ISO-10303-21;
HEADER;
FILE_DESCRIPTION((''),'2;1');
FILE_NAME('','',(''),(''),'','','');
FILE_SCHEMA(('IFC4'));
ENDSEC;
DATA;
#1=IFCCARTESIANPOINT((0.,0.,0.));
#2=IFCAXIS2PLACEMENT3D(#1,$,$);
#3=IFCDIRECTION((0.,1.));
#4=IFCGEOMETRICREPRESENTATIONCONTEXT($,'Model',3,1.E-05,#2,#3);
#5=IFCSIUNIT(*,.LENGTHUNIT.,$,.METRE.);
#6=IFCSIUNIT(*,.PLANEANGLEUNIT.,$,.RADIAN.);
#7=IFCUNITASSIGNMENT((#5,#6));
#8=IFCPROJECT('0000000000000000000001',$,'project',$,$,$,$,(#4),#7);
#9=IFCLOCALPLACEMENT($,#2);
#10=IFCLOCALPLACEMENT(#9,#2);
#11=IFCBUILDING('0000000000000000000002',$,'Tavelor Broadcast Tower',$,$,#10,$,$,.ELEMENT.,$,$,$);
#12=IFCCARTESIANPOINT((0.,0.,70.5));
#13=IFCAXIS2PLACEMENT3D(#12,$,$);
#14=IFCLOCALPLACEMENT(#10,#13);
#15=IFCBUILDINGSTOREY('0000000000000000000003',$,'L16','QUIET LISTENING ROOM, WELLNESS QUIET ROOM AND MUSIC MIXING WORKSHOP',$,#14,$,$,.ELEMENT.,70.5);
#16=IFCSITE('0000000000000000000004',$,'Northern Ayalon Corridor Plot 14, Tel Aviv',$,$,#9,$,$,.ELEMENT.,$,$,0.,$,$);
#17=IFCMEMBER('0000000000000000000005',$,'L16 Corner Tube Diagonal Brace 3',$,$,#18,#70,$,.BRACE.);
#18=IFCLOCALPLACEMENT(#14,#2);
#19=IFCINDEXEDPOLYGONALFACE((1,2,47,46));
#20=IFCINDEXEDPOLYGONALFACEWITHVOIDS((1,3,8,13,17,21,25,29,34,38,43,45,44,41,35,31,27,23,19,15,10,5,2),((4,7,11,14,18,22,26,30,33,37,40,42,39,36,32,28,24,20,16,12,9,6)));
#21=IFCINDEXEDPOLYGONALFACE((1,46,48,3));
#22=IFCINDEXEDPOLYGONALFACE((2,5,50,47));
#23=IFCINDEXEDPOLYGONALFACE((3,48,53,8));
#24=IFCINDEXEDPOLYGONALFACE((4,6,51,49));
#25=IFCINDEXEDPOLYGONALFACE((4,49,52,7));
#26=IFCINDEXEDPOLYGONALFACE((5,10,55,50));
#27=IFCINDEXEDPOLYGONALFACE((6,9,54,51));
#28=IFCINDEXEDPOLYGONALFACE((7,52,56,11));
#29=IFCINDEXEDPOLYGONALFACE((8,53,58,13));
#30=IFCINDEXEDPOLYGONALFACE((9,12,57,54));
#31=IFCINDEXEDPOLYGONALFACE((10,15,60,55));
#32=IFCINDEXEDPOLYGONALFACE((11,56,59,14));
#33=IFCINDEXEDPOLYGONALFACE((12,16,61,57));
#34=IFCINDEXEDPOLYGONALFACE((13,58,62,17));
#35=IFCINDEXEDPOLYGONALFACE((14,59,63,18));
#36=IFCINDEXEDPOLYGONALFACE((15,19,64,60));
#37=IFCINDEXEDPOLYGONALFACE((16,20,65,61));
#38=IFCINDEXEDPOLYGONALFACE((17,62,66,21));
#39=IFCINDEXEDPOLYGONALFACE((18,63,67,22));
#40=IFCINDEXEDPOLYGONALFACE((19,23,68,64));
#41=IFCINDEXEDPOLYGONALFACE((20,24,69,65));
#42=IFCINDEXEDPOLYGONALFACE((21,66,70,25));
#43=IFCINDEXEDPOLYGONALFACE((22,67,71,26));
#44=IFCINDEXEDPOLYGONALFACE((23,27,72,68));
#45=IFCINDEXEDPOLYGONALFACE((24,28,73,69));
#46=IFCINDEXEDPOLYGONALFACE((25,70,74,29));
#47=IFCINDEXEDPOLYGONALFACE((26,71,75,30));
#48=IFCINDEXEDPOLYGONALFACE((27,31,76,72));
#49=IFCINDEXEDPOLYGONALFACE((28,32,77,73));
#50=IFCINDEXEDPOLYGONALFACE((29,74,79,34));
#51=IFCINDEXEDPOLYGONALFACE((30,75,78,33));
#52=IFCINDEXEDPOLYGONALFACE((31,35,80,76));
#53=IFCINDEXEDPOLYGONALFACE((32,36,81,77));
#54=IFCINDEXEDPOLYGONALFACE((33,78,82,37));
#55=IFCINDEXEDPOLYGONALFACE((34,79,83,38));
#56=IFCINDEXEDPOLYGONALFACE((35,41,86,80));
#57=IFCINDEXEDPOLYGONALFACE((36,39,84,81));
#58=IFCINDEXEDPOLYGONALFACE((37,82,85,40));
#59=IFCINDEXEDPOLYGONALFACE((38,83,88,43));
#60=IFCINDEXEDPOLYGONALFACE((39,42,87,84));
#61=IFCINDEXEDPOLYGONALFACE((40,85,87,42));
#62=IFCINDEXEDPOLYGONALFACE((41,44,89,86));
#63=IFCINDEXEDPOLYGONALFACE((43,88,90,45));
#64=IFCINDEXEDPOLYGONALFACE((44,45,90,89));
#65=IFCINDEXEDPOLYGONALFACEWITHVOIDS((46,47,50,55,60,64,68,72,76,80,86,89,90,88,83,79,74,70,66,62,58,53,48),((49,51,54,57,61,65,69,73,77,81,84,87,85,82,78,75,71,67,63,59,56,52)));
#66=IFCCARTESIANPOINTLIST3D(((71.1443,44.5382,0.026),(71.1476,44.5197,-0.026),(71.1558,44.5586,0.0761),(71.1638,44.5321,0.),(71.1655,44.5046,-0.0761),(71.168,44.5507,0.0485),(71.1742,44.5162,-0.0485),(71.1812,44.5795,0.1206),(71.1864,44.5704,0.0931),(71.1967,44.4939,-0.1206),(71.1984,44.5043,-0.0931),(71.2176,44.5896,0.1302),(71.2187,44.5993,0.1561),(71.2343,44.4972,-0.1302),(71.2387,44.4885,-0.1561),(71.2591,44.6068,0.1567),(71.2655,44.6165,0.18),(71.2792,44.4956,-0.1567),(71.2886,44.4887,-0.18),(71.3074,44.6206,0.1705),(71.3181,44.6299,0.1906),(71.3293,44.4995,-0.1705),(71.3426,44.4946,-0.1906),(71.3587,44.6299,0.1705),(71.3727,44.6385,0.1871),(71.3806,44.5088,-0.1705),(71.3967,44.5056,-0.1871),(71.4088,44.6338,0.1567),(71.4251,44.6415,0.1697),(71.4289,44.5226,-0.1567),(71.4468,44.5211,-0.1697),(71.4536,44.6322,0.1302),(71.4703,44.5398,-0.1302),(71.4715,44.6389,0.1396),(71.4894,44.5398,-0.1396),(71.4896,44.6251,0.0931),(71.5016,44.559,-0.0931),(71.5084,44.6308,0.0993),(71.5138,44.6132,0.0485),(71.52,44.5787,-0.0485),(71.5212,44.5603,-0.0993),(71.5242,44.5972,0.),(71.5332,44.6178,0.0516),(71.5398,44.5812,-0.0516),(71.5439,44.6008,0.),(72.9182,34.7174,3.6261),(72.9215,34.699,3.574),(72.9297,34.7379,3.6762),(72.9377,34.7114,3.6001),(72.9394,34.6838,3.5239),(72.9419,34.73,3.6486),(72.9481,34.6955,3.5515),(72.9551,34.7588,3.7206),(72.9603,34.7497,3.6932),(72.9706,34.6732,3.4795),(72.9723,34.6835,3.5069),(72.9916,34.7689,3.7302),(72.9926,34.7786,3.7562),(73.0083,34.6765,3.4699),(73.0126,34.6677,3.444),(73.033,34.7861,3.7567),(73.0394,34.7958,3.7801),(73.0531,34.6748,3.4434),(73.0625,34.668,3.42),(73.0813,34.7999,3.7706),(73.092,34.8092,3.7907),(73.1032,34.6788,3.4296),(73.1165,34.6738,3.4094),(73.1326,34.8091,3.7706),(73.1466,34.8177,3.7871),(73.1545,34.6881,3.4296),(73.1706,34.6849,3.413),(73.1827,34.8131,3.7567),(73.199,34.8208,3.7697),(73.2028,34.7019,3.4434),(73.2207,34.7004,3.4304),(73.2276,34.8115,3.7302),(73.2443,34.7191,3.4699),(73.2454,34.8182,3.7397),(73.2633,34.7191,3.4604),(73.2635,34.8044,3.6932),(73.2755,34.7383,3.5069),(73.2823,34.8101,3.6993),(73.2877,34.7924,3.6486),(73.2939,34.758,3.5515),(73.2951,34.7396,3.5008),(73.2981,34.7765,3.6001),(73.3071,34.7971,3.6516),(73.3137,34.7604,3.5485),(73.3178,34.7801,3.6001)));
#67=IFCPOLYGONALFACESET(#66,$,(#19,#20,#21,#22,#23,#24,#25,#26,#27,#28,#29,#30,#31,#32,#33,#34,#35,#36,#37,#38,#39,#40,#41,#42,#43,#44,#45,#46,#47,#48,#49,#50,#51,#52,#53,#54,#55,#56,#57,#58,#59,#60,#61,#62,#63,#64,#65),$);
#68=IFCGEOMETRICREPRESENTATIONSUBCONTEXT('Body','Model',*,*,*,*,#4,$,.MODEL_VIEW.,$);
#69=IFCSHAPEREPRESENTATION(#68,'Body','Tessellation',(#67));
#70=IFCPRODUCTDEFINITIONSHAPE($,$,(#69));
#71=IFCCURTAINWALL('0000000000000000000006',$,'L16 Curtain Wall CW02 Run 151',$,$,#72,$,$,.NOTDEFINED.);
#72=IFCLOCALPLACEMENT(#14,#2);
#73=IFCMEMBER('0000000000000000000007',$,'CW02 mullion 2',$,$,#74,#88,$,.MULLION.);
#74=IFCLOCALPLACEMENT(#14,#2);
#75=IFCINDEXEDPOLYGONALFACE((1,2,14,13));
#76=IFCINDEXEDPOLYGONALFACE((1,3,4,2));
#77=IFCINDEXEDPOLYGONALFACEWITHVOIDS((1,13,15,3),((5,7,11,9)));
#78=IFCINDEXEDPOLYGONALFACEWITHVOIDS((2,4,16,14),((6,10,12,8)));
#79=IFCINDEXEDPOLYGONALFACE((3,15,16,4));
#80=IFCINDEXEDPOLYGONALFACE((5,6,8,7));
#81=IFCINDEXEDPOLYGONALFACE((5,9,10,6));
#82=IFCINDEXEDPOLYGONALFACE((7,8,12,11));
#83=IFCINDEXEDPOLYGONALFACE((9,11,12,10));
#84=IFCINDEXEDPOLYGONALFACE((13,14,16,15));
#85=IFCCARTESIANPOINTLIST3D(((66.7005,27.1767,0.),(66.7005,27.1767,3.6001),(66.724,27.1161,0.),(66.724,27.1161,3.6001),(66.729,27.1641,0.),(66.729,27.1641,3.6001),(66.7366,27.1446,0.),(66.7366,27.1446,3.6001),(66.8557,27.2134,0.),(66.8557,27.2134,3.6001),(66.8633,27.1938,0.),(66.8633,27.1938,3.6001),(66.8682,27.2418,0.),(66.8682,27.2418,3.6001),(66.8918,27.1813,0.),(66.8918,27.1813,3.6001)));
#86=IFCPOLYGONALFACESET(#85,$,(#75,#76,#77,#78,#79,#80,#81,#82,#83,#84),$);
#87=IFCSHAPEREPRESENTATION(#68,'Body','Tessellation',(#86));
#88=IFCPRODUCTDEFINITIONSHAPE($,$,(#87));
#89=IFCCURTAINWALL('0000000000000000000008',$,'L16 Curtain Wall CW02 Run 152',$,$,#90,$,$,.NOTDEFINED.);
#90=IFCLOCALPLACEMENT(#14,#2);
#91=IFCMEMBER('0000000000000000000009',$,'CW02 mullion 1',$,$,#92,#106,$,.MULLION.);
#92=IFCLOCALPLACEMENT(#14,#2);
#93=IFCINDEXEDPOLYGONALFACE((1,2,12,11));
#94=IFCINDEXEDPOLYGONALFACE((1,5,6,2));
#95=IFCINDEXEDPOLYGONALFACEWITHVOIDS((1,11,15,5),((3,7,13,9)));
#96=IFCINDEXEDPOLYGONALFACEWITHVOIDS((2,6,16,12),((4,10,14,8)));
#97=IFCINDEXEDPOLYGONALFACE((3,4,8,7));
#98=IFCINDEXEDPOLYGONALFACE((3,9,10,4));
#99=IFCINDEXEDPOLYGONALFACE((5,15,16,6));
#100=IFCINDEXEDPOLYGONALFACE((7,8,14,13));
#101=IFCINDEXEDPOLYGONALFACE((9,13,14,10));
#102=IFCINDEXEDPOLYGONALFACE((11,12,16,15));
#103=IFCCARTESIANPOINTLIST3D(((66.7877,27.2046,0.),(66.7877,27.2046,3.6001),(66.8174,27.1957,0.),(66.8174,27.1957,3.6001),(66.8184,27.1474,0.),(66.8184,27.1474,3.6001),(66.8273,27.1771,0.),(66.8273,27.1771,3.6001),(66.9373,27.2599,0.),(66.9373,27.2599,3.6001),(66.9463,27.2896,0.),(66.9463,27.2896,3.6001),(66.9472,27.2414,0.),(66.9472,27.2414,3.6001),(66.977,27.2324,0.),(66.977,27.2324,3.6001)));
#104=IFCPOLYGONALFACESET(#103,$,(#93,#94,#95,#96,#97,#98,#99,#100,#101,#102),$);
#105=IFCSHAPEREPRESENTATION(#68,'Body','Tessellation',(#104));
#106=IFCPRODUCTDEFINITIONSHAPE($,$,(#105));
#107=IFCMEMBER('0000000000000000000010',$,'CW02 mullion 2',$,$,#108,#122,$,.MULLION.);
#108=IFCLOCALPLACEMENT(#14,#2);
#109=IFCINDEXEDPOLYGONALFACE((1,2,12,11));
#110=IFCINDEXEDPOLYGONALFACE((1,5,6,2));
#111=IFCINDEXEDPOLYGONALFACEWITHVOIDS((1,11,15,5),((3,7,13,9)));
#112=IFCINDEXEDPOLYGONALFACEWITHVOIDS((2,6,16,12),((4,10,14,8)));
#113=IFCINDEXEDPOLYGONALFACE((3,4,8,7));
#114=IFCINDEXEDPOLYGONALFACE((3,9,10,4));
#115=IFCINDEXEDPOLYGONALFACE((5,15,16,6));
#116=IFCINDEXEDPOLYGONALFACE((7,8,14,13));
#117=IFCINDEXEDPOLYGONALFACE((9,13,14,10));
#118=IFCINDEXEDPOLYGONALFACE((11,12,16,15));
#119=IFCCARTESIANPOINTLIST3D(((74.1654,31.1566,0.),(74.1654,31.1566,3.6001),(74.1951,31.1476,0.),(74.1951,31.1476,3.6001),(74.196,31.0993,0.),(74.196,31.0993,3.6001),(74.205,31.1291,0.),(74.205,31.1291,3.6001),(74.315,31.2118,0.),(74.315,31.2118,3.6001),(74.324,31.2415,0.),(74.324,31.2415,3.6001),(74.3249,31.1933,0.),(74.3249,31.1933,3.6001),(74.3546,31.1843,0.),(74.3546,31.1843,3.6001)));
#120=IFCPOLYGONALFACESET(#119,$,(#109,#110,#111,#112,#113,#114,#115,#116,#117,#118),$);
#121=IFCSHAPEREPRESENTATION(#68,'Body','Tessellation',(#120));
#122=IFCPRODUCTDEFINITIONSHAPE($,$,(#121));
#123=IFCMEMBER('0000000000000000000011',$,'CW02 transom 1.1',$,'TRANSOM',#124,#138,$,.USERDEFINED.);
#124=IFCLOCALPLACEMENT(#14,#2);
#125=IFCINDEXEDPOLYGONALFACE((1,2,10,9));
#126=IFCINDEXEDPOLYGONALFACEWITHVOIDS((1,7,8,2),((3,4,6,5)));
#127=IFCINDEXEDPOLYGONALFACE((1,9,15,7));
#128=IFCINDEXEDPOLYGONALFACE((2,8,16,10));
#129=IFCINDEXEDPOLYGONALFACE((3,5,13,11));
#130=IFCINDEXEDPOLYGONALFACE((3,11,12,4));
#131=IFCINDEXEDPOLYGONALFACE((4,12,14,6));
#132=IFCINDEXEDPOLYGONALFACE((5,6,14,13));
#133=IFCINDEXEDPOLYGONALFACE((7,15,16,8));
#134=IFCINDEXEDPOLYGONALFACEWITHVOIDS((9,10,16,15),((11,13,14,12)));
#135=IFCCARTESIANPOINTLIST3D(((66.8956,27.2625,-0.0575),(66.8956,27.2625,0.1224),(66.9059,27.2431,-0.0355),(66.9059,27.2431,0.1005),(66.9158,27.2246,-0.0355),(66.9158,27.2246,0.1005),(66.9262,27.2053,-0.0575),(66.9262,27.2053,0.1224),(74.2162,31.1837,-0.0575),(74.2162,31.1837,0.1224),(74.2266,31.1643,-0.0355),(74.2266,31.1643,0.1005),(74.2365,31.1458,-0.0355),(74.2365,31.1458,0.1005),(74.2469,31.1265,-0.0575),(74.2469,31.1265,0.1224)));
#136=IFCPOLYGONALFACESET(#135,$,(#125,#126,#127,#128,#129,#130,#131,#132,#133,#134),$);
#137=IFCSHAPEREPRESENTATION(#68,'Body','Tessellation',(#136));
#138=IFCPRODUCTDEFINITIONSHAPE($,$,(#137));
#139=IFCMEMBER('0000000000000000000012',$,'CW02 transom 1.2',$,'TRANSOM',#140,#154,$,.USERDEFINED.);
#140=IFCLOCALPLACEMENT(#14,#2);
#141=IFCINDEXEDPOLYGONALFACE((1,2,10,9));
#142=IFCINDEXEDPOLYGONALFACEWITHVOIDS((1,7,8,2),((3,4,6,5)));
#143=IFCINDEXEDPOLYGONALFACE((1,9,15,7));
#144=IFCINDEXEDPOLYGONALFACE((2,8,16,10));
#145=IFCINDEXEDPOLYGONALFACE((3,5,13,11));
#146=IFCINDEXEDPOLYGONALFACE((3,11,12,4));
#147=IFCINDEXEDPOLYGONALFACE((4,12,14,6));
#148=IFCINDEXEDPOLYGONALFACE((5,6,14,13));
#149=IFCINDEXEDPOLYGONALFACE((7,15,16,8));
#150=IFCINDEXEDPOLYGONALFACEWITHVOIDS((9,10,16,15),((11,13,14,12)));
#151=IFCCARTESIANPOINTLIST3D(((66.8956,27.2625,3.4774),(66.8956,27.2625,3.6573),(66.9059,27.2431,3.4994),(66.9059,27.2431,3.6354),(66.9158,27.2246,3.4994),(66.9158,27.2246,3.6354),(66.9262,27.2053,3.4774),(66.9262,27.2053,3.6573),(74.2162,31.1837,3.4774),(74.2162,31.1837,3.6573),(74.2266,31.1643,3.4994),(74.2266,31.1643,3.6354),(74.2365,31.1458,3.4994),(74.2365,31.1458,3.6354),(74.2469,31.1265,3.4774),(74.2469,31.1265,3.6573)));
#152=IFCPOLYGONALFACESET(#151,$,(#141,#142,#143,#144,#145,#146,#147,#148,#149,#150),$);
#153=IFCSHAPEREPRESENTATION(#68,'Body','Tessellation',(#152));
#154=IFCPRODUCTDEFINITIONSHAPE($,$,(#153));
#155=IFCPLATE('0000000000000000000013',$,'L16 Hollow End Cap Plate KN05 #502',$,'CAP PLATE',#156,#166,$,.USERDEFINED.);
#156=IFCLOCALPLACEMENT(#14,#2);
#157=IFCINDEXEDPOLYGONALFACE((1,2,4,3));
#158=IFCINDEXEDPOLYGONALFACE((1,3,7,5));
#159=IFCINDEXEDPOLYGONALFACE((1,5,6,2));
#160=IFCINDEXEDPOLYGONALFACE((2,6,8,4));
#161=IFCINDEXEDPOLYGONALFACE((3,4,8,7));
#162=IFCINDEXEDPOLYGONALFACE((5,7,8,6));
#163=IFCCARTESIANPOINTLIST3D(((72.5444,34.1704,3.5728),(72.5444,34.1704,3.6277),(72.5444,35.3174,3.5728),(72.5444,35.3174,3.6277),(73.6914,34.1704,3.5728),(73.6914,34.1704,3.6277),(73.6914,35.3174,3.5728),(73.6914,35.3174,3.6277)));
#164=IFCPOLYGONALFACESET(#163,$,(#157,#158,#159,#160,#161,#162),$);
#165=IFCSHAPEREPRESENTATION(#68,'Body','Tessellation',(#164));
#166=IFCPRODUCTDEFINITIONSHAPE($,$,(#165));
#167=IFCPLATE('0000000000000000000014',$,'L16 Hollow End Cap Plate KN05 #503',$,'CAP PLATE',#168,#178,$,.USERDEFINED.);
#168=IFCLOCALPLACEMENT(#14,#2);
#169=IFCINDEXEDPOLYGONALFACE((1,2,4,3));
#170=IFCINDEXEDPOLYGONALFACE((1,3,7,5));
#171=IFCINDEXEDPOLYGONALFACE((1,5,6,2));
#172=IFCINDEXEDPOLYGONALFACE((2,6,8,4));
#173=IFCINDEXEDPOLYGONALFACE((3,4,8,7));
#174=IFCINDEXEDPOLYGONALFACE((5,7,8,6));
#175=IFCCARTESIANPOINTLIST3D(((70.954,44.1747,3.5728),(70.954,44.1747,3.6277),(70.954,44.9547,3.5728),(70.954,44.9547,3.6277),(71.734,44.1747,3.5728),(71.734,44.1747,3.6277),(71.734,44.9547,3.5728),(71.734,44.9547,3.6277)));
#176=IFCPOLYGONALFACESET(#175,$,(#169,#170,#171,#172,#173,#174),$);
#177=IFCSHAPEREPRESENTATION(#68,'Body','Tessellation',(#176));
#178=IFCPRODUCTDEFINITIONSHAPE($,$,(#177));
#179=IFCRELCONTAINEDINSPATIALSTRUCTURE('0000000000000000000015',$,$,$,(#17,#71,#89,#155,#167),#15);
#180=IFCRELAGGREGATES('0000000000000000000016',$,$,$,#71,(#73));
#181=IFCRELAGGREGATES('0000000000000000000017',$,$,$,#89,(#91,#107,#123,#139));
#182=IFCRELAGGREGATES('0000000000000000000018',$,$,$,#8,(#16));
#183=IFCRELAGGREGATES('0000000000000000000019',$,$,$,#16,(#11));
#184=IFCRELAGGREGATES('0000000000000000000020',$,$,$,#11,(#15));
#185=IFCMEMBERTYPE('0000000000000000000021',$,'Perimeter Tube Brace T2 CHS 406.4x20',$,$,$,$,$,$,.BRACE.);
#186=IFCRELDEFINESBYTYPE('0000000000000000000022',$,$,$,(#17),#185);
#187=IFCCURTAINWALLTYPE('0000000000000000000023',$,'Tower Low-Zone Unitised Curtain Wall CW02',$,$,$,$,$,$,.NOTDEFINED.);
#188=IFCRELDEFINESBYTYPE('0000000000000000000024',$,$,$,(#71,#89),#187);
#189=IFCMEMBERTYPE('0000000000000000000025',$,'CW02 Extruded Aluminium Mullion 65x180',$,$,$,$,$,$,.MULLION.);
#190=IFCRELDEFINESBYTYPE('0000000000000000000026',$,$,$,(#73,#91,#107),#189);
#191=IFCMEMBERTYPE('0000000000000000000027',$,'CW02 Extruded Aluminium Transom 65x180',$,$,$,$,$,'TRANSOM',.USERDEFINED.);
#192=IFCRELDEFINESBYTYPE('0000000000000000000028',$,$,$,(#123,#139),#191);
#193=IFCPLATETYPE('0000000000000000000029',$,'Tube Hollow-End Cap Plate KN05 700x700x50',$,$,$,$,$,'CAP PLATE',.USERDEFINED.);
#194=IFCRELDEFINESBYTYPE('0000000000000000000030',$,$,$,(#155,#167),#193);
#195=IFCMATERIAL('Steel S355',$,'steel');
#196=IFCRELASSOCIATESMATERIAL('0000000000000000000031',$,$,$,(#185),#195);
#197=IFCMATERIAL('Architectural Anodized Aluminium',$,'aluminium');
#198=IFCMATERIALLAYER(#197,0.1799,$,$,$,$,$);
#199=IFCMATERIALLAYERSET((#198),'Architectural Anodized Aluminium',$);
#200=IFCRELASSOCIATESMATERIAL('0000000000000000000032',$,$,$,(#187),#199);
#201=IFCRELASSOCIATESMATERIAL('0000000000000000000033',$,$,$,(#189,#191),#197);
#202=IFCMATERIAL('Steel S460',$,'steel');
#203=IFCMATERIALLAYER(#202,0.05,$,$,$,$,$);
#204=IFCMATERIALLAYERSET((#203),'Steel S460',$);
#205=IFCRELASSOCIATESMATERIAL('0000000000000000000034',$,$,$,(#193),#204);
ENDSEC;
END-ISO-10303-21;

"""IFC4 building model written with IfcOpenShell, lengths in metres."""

from ifc_helpers import new_model, si_unit, direction, frame, origin, origin_2d, place, context, subcontext, project, spatial, rectangle, hollow_rectangle, hollow_circle, extrude, source, transform, mapped, material, layer, layer_set, material_profile, profile_set, type_object, type_shapes, element, aggregate, save


model = new_model("IFC4")

# Units and contexts
model_context = context("Model", 3, precision=1e-05, world=origin(), true_north=direction((0.0, 1.0)))
body_context = subcontext(model_context, "Body", "Model", "MODEL_VIEW")
ifc_project = project(units=[si_unit("LENGTHUNIT", "METRE"), si_unit("PLANEANGLEUNIT", "RADIAN")], contexts=[model_context])

# Site, building, storey
site_placement = place(None, origin())
site = spatial("IfcSite", under=ifc_project, at=site_placement, Name="Northern Ayalon Corridor Plot 14, Tel Aviv", CompositionType="ELEMENT", RefElevation=0.0)
building_placement = place(site_placement, origin())
building = spatial("IfcBuilding", under=site, at=building_placement, Name="Tavelor Broadcast Tower", CompositionType="ELEMENT")
storey_placement = place(building_placement, frame((0.0, 0.0, 70.5)))
storey = spatial("IfcBuildingStorey", under=building, at=storey_placement, Name="L16", Description="QUIET LISTENING ROOM, WELLNESS QUIET ROOM AND MUSIC MIXING WORKSHOP", CompositionType="ELEMENT", Elevation=70.5)

# Shared definitions
ifc_material_1 = material(Name="Steel S460", Category="steel")

# Shared definitions
ifc_material_2 = material(Name="Steel S355", Category="steel")

# Member
ifc_material_profile_1 = material_profile(ifc_material_2, hollow_circle(Radius=0.2031, WallThickness=0.02, at=origin_2d()), Name="CHS 406.4x20")
ifc_profile_set_1 = profile_set([ifc_material_profile_1], Name="Steel S355")
member_type_1 = type_object("IfcMemberType", Name="Perimeter Tube Brace T2 CHS 406.4x20", PredefinedType="BRACE", material=ifc_profile_set_1)
member_1_placement = place(storey_placement, frame((71.344, 44.5647, 0.0), z_axis=(0.167206, -0.925685, 0.339337), x_axis=(0.984075, 0.177753, 0.0)))
element("IfcMember", 1, at=member_1_placement, inside=storey, type_object=member_type_1, Name="L16 Corner Tube Diagonal Brace 3", PredefinedType="BRACE", context=body_context, shape_type="SweptSolid", body=[
    extrude(hollow_circle(Radius=0.2031, WallThickness=0.02, at=origin_2d()), origin(), (0.0, 0.0, 1.0), 10.6091),
])

# Curtain wall, member
ifc_material_3 = material(Name="Architectural Anodized Aluminium", Category="aluminium")
ifc_layer_1 = layer(ifc_material_3, 0.1799)
ifc_layer_set_1 = layer_set([ifc_layer_1], Name="Architectural Anodized Aluminium")
curtain_wall_type = type_object("IfcCurtainWallType", Name="Tower Low-Zone Unitised Curtain Wall CW02", PredefinedType="NOTDEFINED", material=ifc_layer_set_1)
curtain_wall_1_placement = place(storey_placement, origin())
curtain_wall_1 = element("IfcCurtainWall", 2, at=curtain_wall_1_placement, inside=storey, type_object=curtain_wall_type, Name="L16 Curtain Wall CW02 Run 151", PredefinedType="NOTDEFINED")
ifc_material_profile_2 = material_profile(ifc_material_3, hollow_rectangle(XDim=0.0649, YDim=0.1799, WallThickness=0.022, at=origin_2d()), Name="RHS 65x180x22")
ifc_profile_set_2 = profile_set([ifc_material_profile_2], Name="Architectural Anodized Aluminium")
member_type_2 = type_object("IfcMemberType", Name="CW02 Extruded Aluminium Mullion 65x180", PredefinedType="MULLION", material=ifc_profile_set_2)
shared_shape_1 = source(origin(), body_context, "Body", "SweptSolid", [
    extrude(hollow_rectangle(XDim=0.0649, YDim=0.1799, WallThickness=0.022, at=origin_2d()), origin(), (0.0, 0.0, 1.0), 3.6001),
])
type_shapes(member_type_2, [shared_shape_1])
member_2_placement = place(storey_placement, frame((66.7961, 27.179, 0.0), z_axis=(0.0, 0.0, 1.0), x_axis=(-0.36205, 0.932159, 0.0)))
member_2 = element("IfcMember", 3, at=member_2_placement, type_object=member_type_2, Name="CW02 mullion 2", PredefinedType="MULLION", context=body_context, shape_type="MappedRepresentation", body=[
    mapped(shared_shape_1, transform((0.0, 0.0, 0.0), scale=1.0)),
])
aggregate(curtain_wall_1, [member_2])

# Curtain wall, members
curtain_wall_2_placement = place(storey_placement, origin())
curtain_wall_2 = element("IfcCurtainWall", 4, at=curtain_wall_2_placement, inside=storey, type_object=curtain_wall_type, Name="L16 Curtain Wall CW02 Run 152", PredefinedType="NOTDEFINED")
member_3_placement = place(storey_placement, frame((66.8823, 27.2185, 0.0), z_axis=(0.0, 0.0, 1.0), x_axis=(-0.472181, 0.881501, 0.0)))
member_3 = element("IfcMember", 5, at=member_3_placement, type_object=member_type_2, Name="CW02 mullion 1", PredefinedType="MULLION", context=body_context, shape_type="MappedRepresentation", body=[
    mapped(shared_shape_1, transform((0.0, 0.0, 0.0), scale=1.0)),
])
member_4_placement = place(storey_placement, frame((74.26, 31.1704, 0.0), z_axis=(0.0, 0.0, 1.0), x_axis=(-0.472181, 0.881501, 0.0)))
member_4 = element("IfcMember", 6, at=member_4_placement, type_object=member_type_2, Name="CW02 mullion 2", PredefinedType="MULLION", context=body_context, shape_type="MappedRepresentation", body=[
    mapped(shared_shape_1, transform((0.0, 0.0, 0.0), scale=1.0)),
])
ifc_material_profile_3 = material_profile(ifc_material_3, hollow_rectangle(XDim=0.0649, YDim=0.1799, WallThickness=0.022, at=origin_2d()), Name="RHS 65x180x22")
ifc_profile_set_3 = profile_set([ifc_material_profile_3], Name="Architectural Anodized Aluminium")
member_type_3 = type_object("IfcMemberType", Name="CW02 Extruded Aluminium Transom 65x180", ElementType="TRANSOM", PredefinedType="USERDEFINED", material=ifc_profile_set_3)
shared_shape_2 = source(origin(), body_context, "Body", "SweptSolid", [
    extrude(hollow_rectangle(XDim=0.0649, YDim=0.1799, WallThickness=0.022, at=origin_2d()), origin(), (0.0, 0.0, 1.0), 8.3047),
])
type_shapes(member_type_3, [shared_shape_2])
member_5_placement = place(storey_placement, frame((66.9109, 27.2339, 0.0325), z_axis=(0.881509, 0.472167, 0.0), x_axis=(-0.472167, 0.881509, 0.0)))
member_5 = element("IfcMember", 7, at=member_5_placement, type_object=member_type_3, Name="CW02 transom 1.1", ObjectType="TRANSOM", PredefinedType="USERDEFINED", context=body_context, shape_type="MappedRepresentation", body=[
    mapped(shared_shape_2, transform((0.0, 0.0, 0.0), scale=1.0)),
])
member_6_placement = place(storey_placement, frame((66.9109, 27.2339, 3.5674), z_axis=(0.881509, 0.472167, 0.0), x_axis=(-0.472167, 0.881509, 0.0)))
member_6 = element("IfcMember", 8, at=member_6_placement, type_object=member_type_3, Name="CW02 transom 1.2", ObjectType="TRANSOM", PredefinedType="USERDEFINED", context=body_context, shape_type="MappedRepresentation", body=[
    mapped(shared_shape_2, transform((0.0, 0.0, 0.0), scale=1.0)),
])

# Plates
ifc_layer_2 = layer(ifc_material_1, 0.05)
ifc_layer_set_2 = layer_set([ifc_layer_2], Name="Steel S460")
plate_type_1 = type_object("IfcPlateType", Name="Tube Hollow-End Cap Plate KN05 700x700x50", ElementType="CAP PLATE", PredefinedType="USERDEFINED", material=ifc_layer_set_2)
shared_shape_3 = source(origin(), body_context, "Body", "SweptSolid", [
    extrude(rectangle(XDim=1.147, YDim=1.147, at=origin_2d()), origin(), (0.0, 0.0, 1.0), 0.0549),
])
plate_1_placement = place(storey_placement, frame((73.1179, 34.7439, 3.5728), z_axis=(0.0, 0.0, 1.0), x_axis=(1.0, 0.0, 0.0)))
element("IfcPlate", 9, at=plate_1_placement, inside=storey, type_object=plate_type_1, Name="L16 Hollow End Cap Plate KN05 #502", ObjectType="CAP PLATE", PredefinedType="USERDEFINED", context=body_context, shape_type="MappedRepresentation", body=[
    mapped(shared_shape_3, transform((0.0, 0.0, 0.0), scale=1.0)),
])
shared_shape_4 = source(origin(), body_context, "Body", "SweptSolid", [
    extrude(rectangle(XDim=0.78, YDim=0.78, at=origin_2d()), origin(), (0.0, 0.0, 1.0), 0.0549),
])
type_shapes(plate_type_1, [shared_shape_3, shared_shape_4])
plate_2_placement = place(storey_placement, frame((71.344, 44.5647, 3.5728), z_axis=(0.0, 0.0, 1.0), x_axis=(1.0, 0.0, 0.0)))
element("IfcPlate", 10, at=plate_2_placement, inside=storey, type_object=plate_type_1, Name="L16 Hollow End Cap Plate KN05 #503", ObjectType="CAP PLATE", PredefinedType="USERDEFINED", context=body_context, shape_type="MappedRepresentation", body=[
    mapped(shared_shape_4, transform((0.0, 0.0, 0.0), scale=1.0)),
])

aggregate(curtain_wall_2, [member_3, member_4, member_5, member_6])

save(model, "model.ifc")
